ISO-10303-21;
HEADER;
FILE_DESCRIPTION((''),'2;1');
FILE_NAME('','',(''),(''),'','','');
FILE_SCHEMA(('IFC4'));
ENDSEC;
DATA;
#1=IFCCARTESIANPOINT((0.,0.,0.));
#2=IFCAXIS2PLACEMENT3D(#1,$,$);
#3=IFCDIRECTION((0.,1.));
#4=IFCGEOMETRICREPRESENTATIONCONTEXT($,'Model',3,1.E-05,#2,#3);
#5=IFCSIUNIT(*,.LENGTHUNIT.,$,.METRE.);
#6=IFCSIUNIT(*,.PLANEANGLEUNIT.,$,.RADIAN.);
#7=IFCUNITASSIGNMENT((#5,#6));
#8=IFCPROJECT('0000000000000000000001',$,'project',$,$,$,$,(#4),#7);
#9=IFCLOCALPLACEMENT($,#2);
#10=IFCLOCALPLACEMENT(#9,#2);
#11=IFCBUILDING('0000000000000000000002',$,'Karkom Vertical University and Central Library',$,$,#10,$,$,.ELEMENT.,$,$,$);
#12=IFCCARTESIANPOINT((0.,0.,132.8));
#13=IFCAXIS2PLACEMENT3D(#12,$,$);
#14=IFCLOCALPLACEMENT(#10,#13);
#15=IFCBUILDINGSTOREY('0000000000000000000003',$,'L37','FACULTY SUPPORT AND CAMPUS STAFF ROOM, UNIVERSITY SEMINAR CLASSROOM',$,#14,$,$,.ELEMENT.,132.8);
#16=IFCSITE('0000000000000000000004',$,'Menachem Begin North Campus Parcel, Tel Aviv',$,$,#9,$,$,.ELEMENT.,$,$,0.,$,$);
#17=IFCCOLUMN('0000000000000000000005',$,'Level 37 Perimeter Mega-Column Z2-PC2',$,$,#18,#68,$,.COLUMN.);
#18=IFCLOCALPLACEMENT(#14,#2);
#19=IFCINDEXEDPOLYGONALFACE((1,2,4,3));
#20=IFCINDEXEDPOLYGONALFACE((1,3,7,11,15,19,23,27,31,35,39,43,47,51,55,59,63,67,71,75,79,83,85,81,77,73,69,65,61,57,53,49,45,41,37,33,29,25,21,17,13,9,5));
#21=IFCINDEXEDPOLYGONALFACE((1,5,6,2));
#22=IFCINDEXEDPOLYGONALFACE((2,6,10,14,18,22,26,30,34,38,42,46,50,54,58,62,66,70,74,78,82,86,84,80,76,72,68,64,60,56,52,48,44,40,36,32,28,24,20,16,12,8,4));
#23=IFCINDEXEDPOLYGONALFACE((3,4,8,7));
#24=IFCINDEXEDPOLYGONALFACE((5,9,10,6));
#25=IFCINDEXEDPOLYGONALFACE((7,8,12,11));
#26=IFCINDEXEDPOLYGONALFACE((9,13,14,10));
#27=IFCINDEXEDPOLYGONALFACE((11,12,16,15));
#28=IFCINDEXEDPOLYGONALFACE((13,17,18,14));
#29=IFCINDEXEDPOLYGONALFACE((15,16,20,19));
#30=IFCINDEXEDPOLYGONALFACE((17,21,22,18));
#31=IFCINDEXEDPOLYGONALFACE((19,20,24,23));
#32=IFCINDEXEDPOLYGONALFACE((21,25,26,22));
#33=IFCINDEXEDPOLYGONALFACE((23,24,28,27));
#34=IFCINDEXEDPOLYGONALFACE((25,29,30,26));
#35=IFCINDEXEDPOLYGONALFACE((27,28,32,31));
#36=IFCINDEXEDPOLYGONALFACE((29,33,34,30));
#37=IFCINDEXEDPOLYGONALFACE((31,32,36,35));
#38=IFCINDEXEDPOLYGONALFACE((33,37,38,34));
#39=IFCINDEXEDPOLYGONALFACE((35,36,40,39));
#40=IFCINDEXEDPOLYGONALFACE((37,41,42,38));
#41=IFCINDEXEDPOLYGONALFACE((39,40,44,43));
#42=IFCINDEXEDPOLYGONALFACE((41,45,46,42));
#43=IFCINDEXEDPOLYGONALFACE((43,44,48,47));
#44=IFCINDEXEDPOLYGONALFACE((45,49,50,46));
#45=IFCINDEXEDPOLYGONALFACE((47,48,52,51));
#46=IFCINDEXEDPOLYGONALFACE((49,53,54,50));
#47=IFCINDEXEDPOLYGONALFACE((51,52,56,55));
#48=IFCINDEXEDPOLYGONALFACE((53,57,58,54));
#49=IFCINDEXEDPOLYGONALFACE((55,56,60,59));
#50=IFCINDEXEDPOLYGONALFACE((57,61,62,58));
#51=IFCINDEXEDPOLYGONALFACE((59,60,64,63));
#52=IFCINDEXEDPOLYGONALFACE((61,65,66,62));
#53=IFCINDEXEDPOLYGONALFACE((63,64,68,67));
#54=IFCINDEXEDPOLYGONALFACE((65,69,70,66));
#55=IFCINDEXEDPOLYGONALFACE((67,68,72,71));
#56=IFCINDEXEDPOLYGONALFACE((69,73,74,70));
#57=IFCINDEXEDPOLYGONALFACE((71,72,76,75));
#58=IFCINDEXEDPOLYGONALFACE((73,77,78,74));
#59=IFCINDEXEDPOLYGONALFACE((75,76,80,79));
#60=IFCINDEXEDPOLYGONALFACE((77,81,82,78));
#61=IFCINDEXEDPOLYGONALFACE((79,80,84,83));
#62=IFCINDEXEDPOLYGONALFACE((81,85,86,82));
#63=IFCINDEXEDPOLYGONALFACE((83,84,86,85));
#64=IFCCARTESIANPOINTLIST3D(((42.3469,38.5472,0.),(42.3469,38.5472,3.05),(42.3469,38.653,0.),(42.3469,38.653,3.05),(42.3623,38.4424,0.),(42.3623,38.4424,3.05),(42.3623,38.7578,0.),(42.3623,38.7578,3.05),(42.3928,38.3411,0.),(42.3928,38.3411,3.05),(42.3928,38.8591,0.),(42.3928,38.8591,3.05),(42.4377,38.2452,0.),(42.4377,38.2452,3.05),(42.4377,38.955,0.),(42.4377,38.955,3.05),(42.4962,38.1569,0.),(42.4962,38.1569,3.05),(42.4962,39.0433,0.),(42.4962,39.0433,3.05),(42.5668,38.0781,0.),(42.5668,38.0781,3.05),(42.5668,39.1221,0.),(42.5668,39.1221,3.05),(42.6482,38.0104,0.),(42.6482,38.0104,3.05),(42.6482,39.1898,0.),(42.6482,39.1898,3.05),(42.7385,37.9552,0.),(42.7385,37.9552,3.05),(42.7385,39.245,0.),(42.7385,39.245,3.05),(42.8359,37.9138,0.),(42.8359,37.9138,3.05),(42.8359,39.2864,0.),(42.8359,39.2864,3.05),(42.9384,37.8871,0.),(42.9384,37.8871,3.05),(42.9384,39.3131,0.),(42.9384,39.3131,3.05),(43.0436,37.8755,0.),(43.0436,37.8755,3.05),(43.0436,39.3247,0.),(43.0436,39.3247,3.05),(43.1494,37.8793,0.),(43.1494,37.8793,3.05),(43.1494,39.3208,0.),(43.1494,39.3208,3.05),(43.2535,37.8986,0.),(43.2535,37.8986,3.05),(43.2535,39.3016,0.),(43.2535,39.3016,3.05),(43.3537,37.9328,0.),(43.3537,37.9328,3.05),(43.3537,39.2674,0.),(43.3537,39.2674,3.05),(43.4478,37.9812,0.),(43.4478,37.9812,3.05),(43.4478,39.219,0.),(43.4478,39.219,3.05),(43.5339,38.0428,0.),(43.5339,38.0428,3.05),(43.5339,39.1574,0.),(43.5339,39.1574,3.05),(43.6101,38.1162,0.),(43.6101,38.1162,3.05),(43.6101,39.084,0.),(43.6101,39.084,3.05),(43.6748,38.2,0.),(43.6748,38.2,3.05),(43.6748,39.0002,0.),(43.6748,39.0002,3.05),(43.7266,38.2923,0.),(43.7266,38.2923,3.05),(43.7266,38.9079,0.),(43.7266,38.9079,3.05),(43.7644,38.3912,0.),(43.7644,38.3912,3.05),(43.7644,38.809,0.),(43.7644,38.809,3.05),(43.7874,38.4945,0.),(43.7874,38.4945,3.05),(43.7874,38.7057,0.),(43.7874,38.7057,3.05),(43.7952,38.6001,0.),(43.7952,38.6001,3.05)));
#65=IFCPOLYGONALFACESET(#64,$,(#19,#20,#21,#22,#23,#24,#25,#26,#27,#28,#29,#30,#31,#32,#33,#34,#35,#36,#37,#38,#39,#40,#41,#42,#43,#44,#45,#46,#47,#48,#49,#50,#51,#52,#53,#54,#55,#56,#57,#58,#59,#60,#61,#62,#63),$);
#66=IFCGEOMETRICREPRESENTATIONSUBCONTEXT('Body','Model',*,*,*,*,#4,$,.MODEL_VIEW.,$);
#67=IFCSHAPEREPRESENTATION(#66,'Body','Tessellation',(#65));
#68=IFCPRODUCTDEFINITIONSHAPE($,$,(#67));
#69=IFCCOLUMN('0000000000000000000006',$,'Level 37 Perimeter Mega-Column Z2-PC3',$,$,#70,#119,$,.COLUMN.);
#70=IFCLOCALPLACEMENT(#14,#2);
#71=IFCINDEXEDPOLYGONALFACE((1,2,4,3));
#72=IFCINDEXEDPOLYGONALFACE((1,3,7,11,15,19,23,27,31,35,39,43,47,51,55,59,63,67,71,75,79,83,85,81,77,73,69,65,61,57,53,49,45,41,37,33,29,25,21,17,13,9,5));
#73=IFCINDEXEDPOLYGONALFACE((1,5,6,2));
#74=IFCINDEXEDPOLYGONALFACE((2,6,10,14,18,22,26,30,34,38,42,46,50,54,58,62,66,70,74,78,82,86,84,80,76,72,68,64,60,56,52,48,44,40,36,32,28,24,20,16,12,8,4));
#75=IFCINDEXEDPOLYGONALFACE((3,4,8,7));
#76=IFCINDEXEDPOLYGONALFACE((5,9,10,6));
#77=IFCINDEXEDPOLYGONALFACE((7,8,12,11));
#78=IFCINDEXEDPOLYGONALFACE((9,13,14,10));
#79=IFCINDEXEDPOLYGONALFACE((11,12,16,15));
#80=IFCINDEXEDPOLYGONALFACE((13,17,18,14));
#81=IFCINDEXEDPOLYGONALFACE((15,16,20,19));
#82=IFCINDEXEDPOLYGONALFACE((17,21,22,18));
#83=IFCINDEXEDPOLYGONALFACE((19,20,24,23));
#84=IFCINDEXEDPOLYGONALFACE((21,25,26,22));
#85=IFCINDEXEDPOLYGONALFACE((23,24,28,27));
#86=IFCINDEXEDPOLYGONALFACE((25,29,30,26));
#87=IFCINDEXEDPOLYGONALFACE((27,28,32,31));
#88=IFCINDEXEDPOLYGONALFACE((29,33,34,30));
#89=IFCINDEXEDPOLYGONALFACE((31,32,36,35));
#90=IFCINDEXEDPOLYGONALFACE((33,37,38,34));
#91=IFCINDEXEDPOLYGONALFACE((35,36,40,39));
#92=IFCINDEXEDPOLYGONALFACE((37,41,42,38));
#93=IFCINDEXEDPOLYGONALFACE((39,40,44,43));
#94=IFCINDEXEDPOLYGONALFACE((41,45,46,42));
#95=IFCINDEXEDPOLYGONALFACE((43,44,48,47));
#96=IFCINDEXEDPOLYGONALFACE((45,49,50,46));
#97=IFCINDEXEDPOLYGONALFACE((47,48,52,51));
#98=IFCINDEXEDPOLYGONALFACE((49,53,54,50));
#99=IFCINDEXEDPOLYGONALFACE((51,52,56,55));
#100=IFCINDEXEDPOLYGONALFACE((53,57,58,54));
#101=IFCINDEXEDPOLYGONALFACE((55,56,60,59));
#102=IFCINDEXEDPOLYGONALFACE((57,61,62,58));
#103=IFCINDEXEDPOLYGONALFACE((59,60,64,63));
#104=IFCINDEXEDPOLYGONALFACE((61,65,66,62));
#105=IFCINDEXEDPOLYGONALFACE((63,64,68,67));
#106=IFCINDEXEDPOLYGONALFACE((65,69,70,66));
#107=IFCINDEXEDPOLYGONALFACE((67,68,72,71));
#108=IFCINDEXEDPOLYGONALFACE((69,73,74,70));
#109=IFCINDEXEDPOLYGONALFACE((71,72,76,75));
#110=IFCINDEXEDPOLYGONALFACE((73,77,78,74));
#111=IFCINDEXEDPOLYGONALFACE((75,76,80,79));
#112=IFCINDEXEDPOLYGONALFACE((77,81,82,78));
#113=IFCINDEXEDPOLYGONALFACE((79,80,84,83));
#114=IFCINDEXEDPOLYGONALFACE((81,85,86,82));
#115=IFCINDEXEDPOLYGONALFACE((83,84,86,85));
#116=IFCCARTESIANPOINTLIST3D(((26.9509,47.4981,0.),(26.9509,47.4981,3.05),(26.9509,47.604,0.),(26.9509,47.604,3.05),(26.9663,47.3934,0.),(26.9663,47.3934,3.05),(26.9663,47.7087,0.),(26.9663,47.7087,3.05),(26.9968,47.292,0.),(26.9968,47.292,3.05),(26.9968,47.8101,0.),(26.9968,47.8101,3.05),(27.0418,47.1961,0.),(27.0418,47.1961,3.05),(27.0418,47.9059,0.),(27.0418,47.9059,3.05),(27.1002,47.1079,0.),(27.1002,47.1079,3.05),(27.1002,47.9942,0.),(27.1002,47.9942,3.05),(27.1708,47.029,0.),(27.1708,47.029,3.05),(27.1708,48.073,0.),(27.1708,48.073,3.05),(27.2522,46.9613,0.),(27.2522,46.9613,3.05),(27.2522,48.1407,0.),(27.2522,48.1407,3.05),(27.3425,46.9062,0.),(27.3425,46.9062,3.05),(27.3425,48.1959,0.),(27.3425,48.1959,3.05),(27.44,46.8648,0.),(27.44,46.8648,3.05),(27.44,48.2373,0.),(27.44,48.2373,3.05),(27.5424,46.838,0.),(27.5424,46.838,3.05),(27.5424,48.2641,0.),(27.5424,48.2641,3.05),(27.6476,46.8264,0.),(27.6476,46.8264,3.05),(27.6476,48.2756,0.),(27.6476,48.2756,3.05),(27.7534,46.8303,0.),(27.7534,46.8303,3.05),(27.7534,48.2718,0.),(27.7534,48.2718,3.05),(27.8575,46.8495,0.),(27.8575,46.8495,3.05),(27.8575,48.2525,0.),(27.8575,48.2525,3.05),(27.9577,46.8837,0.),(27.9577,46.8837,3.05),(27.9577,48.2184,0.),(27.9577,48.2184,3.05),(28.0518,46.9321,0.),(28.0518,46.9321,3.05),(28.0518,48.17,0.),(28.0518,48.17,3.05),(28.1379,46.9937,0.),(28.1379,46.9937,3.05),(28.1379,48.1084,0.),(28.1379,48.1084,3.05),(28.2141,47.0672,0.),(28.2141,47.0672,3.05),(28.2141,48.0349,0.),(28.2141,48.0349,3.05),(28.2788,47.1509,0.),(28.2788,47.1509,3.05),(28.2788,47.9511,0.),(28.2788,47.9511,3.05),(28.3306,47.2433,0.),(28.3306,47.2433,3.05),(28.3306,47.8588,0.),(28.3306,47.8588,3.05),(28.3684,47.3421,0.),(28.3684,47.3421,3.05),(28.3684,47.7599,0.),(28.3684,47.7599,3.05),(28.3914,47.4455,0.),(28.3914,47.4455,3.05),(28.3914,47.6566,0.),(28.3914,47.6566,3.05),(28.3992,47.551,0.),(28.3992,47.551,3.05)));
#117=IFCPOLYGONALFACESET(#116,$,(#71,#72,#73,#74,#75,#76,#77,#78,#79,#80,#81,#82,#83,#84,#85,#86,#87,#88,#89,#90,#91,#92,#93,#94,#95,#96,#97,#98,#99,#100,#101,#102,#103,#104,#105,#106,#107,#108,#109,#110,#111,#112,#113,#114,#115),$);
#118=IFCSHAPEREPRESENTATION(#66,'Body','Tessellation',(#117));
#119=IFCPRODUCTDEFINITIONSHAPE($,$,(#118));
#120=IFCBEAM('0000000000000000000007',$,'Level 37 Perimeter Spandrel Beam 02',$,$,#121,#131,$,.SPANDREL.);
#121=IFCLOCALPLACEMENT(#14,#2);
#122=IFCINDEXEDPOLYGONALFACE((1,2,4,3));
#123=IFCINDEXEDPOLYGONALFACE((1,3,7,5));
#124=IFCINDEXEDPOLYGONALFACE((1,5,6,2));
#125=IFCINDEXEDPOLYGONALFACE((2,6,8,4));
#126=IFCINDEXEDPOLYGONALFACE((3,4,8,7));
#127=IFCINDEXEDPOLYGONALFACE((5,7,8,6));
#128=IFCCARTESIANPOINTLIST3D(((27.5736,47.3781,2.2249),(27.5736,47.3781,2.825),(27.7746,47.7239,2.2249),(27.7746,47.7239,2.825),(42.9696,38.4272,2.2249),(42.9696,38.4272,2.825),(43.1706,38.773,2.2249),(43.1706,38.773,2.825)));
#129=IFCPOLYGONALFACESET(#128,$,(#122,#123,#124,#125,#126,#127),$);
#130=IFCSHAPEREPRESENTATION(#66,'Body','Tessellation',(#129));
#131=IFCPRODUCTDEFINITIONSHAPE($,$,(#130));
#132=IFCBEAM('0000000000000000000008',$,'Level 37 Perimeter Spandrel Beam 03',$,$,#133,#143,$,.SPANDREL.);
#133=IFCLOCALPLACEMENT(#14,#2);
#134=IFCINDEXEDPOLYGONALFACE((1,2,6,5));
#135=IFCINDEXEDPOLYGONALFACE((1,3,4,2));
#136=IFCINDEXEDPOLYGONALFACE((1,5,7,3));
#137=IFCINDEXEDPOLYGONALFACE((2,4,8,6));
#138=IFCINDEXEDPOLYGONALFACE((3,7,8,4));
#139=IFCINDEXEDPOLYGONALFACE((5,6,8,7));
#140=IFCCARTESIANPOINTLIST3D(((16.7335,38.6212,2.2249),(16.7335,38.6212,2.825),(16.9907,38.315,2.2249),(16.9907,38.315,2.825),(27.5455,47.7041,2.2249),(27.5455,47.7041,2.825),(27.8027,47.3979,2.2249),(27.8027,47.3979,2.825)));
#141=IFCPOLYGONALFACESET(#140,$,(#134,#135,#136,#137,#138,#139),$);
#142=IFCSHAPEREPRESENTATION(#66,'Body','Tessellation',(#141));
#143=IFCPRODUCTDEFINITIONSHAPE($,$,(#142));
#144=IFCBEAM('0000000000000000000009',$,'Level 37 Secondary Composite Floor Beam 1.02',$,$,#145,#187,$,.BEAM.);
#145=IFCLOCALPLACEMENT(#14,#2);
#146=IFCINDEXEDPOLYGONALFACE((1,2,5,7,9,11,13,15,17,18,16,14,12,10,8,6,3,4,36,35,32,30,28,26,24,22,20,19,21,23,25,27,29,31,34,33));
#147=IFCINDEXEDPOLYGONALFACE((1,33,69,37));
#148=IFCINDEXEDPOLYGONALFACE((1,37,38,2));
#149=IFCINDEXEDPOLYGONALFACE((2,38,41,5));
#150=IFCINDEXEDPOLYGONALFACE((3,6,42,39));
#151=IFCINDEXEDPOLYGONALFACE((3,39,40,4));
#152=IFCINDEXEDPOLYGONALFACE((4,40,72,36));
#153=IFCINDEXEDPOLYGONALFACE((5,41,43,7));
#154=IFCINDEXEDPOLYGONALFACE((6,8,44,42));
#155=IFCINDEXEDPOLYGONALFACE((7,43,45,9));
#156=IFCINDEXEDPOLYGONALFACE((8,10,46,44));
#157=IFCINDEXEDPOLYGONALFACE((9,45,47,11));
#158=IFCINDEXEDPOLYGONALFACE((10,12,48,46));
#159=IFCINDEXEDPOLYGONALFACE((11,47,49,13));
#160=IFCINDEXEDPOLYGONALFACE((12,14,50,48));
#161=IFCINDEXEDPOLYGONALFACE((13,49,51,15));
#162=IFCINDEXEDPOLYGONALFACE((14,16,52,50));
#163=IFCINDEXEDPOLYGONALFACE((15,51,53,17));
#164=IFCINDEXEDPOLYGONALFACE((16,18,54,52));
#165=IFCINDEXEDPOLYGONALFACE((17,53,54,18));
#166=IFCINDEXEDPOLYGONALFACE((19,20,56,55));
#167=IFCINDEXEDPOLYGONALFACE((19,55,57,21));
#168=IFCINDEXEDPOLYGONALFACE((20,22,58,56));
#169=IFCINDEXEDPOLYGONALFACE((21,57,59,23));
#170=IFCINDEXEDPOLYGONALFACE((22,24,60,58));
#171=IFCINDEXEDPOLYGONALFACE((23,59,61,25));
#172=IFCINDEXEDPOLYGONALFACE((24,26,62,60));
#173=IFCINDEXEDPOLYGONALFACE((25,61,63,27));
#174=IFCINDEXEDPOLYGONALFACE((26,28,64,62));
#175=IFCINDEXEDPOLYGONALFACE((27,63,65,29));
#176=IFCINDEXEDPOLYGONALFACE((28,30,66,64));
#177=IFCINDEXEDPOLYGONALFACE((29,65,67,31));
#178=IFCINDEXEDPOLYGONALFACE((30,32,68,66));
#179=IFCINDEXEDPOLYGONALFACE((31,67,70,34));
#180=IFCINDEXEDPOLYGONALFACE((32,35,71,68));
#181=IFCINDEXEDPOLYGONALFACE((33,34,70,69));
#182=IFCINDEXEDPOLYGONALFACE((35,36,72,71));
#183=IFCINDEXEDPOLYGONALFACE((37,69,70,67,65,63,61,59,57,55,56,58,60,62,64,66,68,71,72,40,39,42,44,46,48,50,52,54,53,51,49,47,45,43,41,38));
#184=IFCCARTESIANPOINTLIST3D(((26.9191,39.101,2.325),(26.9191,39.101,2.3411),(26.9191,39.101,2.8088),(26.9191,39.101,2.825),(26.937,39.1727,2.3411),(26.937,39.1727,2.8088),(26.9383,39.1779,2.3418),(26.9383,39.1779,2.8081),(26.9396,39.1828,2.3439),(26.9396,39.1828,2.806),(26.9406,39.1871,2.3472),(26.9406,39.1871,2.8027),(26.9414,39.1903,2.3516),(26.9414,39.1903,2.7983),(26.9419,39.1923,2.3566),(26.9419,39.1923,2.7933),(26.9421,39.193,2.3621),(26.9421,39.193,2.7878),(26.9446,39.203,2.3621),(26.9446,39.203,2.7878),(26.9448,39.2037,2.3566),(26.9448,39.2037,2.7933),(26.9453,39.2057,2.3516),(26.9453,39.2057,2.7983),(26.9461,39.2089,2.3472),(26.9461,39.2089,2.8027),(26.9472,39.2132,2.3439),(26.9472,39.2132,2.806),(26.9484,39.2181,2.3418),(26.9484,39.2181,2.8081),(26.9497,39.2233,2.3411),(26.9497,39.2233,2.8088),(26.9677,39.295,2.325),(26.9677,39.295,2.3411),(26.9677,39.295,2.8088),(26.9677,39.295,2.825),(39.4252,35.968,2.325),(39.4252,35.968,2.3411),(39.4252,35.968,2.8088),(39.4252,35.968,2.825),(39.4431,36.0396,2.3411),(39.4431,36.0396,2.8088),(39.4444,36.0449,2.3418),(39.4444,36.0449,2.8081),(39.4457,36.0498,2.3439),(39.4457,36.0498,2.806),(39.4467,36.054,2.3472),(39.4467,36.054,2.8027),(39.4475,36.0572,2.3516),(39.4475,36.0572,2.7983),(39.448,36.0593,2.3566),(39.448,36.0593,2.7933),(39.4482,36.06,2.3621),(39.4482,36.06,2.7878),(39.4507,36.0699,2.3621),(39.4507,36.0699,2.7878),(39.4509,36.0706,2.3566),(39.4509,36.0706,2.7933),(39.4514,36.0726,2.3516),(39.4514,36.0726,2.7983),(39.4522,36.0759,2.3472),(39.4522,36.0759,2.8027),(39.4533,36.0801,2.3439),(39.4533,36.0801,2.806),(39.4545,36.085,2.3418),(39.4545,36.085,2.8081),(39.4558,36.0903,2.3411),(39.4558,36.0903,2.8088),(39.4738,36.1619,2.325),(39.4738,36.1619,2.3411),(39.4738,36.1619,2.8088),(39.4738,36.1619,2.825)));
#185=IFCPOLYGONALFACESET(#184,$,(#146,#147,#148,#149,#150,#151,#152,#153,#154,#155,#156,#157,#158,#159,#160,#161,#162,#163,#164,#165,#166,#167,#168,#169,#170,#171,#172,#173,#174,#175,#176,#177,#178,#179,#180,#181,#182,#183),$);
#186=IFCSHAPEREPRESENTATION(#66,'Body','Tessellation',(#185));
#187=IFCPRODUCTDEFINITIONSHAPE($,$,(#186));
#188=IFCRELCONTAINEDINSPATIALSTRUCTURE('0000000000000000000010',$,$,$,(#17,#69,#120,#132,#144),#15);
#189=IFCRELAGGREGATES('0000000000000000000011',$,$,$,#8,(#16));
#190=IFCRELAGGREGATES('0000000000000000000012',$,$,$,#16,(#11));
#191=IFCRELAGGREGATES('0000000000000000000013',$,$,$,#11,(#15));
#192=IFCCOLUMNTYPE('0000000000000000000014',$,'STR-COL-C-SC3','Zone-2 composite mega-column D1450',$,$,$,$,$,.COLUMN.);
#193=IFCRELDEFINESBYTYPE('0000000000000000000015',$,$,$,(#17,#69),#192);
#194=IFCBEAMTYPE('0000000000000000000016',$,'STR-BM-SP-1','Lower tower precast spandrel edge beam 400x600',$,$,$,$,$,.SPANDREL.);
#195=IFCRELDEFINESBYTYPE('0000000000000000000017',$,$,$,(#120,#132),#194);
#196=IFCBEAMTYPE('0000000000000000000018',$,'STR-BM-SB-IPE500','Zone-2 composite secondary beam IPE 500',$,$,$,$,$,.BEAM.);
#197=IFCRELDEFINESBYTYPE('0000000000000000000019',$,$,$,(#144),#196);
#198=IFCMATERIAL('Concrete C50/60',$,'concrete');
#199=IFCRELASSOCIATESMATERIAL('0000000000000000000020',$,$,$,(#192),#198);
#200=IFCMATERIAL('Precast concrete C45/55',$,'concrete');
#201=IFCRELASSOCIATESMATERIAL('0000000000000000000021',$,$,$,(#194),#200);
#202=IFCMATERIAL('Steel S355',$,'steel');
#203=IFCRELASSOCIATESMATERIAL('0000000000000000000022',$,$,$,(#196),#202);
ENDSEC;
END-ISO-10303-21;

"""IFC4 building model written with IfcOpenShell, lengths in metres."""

from ifc_helpers import new_model, si_unit, direction, frame, origin, origin_with_axes, origin_2d, place, context, subcontext, project, spatial, rectangle, circle, i_section, extrude, source, transform, mapped, material, material_profile, profile_set, type_object, element, save


model = new_model("IFC4")

# Units and contexts
model_context = context("Model", 3, precision=1e-05, world=origin(), true_north=direction((0.0, 1.0)))
body_context = subcontext(model_context, "Body", "Model", "MODEL_VIEW")
ifc_project = project(units=[si_unit("LENGTHUNIT", "METRE"), si_unit("PLANEANGLEUNIT", "RADIAN")], contexts=[model_context])

# Site, building, storey
site_placement = place(None, origin())
site = spatial("IfcSite", under=ifc_project, at=site_placement, Name="Menachem Begin North Campus Parcel, Tel Aviv", CompositionType="ELEMENT", RefElevation=0.0)
building_placement = place(site_placement, origin())
building = spatial("IfcBuilding", under=site, at=building_placement, Name="Karkom Vertical University and Central Library", CompositionType="ELEMENT")
storey_placement = place(building_placement, frame((0.0, 0.0, 132.8)))
storey = spatial("IfcBuildingStorey", under=building, at=storey_placement, Name="L37", Description="FACULTY SUPPORT AND CAMPUS STAFF ROOM, UNIVERSITY SEMINAR CLASSROOM", CompositionType="ELEMENT", Elevation=132.8)

# Columns
ifc_material_1 = material(Name="Concrete C50/60", Category="concrete")
ifc_material_profile_1 = material_profile(ifc_material_1, circle(Radius=0.7251, at=origin_2d()), Name="CFT-D1450")
ifc_profile_set_1 = profile_set([ifc_material_profile_1], Name="Concrete C50/60")
column_type = type_object("IfcColumnType", Name="STR-COL-C-SC3", Description="Zone-2 composite mega-column D1450", PredefinedType="COLUMN", material=ifc_profile_set_1)
shared_shape_1 = source(origin_with_axes(), body_context, "Body", "SweptSolid", [
    extrude(circle(Radius=0.7251, at=origin_2d()), origin(), (0.0, 0.0, 1.0), 3.05),
])
for number, where, z_axis, x_axis, name in (
    (1, (43.0701, 38.6001, 0.0), (0.0, 0.0, 1.0), (1.0, 0.0, 0.0), "Level 37 Perimeter Mega-Column Z2-PC2"),
    (2, (27.6741, 47.551, 0.0), (0.0, 0.0, 1.0), (1.0, 0.0, 0.0), "Level 37 Perimeter Mega-Column Z2-PC3"),
):
    element("IfcColumn", number, at=place(storey_placement, frame(where, z_axis=z_axis, x_axis=x_axis)), inside=storey, type_object=column_type, Name=name, PredefinedType="COLUMN", context=body_context, shape_type="MappedRepresentation", body=[
        mapped(shared_shape_1, transform((0.0, 0.0, 0.0), scale=1.0)),
    ])

# Beams
ifc_material_2 = material(Name="Precast concrete C45/55", Category="concrete")
ifc_material_profile_2 = material_profile(ifc_material_2, rectangle(XDim=0.3999, YDim=0.6001, at=origin_2d()), Name="SPB-400x600")
ifc_profile_set_2 = profile_set([ifc_material_profile_2], Name="Precast concrete C45/55")
beam_type_1 = type_object("IfcBeamType", Name="STR-BM-SP-1", Description="Lower tower precast spandrel edge beam 400x600", PredefinedType="SPANDREL", material=ifc_profile_set_2)
shared_shape_2 = source(origin_with_axes(), body_context, "Body", "SweptSolid", [
    extrude(rectangle(XDim=0.3999, YDim=0.6001, at=origin_2d()), origin(), (0.0, 0.0, 1.0), 17.8088),
])
beam_1_placement = place(storey_placement, frame((43.0701, 38.6001, 2.5249), z_axis=(-0.864513, 0.502611, 0.0), x_axis=(-0.502611, -0.864513, 0.0)))
element("IfcBeam", 3, at=beam_1_placement, inside=storey, type_object=beam_type_1, Name="Level 37 Perimeter Spandrel Beam 02", PredefinedType="SPANDREL", context=body_context, shape_type="MappedRepresentation", body=[
    mapped(shared_shape_2, transform((0.0, 0.0, 0.0), scale=1.0)),
])
shared_shape_3 = source(origin_with_axes(), body_context, "Body", "SweptSolid", [
    extrude(rectangle(XDim=0.3999, YDim=0.6001, at=origin_2d()), origin(), (0.0, 0.0, 1.0), 14.1208),
])
beam_2_placement = place(storey_placement, frame((27.6741, 47.551, 2.5249), z_axis=(-0.765673, -0.64323, 0.0), x_axis=(0.64323, -0.765673, 0.0)))
element("IfcBeam", 4, at=beam_2_placement, inside=storey, type_object=beam_type_1, Name="Level 37 Perimeter Spandrel Beam 03", PredefinedType="SPANDREL", context=body_context, shape_type="MappedRepresentation", body=[
    mapped(shared_shape_3, transform((0.0, 0.0, 0.0), scale=1.0)),
])
ifc_material_3 = material(Name="Steel S355", Category="steel")
ifc_material_profile_3 = material_profile(ifc_material_3, i_section(OverallWidth=0.2, OverallDepth=0.5, WebThickness=0.0103, FlangeThickness=0.0161, FilletRadius=0.021, at=origin_2d()), Name="IPE 500")
ifc_profile_set_3 = profile_set([ifc_material_profile_3], Name="Steel S355")
beam_type_2 = type_object("IfcBeamType", Name="STR-BM-SB-IPE500", Description="Zone-2 composite secondary beam IPE 500", PredefinedType="BEAM", material=ifc_profile_set_3)
shared_shape_4 = source(origin_with_axes(), body_context, "Body", "SweptSolid", [
    extrude(i_section(OverallWidth=0.2, OverallDepth=0.5, WebThickness=0.0103, FlangeThickness=0.0161, FilletRadius=0.021, at=origin_2d()), origin(), (0.0, 0.0, 1.0), 12.8926),
])
beam_3_placement = place(storey_placement, frame((39.4495, 36.0649, 2.575), z_axis=(-0.970023, 0.243012, 0.0), x_axis=(-0.243012, -0.970023, 0.0)))
element("IfcBeam", 5, at=beam_3_placement, inside=storey, type_object=beam_type_2, Name="Level 37 Secondary Composite Floor Beam 1.02", PredefinedType="BEAM", context=body_context, shape_type="MappedRepresentation", body=[
    mapped(shared_shape_4, transform((0.0, 0.0, 0.0), scale=1.0)),
])

save(model, "model.ifc")
